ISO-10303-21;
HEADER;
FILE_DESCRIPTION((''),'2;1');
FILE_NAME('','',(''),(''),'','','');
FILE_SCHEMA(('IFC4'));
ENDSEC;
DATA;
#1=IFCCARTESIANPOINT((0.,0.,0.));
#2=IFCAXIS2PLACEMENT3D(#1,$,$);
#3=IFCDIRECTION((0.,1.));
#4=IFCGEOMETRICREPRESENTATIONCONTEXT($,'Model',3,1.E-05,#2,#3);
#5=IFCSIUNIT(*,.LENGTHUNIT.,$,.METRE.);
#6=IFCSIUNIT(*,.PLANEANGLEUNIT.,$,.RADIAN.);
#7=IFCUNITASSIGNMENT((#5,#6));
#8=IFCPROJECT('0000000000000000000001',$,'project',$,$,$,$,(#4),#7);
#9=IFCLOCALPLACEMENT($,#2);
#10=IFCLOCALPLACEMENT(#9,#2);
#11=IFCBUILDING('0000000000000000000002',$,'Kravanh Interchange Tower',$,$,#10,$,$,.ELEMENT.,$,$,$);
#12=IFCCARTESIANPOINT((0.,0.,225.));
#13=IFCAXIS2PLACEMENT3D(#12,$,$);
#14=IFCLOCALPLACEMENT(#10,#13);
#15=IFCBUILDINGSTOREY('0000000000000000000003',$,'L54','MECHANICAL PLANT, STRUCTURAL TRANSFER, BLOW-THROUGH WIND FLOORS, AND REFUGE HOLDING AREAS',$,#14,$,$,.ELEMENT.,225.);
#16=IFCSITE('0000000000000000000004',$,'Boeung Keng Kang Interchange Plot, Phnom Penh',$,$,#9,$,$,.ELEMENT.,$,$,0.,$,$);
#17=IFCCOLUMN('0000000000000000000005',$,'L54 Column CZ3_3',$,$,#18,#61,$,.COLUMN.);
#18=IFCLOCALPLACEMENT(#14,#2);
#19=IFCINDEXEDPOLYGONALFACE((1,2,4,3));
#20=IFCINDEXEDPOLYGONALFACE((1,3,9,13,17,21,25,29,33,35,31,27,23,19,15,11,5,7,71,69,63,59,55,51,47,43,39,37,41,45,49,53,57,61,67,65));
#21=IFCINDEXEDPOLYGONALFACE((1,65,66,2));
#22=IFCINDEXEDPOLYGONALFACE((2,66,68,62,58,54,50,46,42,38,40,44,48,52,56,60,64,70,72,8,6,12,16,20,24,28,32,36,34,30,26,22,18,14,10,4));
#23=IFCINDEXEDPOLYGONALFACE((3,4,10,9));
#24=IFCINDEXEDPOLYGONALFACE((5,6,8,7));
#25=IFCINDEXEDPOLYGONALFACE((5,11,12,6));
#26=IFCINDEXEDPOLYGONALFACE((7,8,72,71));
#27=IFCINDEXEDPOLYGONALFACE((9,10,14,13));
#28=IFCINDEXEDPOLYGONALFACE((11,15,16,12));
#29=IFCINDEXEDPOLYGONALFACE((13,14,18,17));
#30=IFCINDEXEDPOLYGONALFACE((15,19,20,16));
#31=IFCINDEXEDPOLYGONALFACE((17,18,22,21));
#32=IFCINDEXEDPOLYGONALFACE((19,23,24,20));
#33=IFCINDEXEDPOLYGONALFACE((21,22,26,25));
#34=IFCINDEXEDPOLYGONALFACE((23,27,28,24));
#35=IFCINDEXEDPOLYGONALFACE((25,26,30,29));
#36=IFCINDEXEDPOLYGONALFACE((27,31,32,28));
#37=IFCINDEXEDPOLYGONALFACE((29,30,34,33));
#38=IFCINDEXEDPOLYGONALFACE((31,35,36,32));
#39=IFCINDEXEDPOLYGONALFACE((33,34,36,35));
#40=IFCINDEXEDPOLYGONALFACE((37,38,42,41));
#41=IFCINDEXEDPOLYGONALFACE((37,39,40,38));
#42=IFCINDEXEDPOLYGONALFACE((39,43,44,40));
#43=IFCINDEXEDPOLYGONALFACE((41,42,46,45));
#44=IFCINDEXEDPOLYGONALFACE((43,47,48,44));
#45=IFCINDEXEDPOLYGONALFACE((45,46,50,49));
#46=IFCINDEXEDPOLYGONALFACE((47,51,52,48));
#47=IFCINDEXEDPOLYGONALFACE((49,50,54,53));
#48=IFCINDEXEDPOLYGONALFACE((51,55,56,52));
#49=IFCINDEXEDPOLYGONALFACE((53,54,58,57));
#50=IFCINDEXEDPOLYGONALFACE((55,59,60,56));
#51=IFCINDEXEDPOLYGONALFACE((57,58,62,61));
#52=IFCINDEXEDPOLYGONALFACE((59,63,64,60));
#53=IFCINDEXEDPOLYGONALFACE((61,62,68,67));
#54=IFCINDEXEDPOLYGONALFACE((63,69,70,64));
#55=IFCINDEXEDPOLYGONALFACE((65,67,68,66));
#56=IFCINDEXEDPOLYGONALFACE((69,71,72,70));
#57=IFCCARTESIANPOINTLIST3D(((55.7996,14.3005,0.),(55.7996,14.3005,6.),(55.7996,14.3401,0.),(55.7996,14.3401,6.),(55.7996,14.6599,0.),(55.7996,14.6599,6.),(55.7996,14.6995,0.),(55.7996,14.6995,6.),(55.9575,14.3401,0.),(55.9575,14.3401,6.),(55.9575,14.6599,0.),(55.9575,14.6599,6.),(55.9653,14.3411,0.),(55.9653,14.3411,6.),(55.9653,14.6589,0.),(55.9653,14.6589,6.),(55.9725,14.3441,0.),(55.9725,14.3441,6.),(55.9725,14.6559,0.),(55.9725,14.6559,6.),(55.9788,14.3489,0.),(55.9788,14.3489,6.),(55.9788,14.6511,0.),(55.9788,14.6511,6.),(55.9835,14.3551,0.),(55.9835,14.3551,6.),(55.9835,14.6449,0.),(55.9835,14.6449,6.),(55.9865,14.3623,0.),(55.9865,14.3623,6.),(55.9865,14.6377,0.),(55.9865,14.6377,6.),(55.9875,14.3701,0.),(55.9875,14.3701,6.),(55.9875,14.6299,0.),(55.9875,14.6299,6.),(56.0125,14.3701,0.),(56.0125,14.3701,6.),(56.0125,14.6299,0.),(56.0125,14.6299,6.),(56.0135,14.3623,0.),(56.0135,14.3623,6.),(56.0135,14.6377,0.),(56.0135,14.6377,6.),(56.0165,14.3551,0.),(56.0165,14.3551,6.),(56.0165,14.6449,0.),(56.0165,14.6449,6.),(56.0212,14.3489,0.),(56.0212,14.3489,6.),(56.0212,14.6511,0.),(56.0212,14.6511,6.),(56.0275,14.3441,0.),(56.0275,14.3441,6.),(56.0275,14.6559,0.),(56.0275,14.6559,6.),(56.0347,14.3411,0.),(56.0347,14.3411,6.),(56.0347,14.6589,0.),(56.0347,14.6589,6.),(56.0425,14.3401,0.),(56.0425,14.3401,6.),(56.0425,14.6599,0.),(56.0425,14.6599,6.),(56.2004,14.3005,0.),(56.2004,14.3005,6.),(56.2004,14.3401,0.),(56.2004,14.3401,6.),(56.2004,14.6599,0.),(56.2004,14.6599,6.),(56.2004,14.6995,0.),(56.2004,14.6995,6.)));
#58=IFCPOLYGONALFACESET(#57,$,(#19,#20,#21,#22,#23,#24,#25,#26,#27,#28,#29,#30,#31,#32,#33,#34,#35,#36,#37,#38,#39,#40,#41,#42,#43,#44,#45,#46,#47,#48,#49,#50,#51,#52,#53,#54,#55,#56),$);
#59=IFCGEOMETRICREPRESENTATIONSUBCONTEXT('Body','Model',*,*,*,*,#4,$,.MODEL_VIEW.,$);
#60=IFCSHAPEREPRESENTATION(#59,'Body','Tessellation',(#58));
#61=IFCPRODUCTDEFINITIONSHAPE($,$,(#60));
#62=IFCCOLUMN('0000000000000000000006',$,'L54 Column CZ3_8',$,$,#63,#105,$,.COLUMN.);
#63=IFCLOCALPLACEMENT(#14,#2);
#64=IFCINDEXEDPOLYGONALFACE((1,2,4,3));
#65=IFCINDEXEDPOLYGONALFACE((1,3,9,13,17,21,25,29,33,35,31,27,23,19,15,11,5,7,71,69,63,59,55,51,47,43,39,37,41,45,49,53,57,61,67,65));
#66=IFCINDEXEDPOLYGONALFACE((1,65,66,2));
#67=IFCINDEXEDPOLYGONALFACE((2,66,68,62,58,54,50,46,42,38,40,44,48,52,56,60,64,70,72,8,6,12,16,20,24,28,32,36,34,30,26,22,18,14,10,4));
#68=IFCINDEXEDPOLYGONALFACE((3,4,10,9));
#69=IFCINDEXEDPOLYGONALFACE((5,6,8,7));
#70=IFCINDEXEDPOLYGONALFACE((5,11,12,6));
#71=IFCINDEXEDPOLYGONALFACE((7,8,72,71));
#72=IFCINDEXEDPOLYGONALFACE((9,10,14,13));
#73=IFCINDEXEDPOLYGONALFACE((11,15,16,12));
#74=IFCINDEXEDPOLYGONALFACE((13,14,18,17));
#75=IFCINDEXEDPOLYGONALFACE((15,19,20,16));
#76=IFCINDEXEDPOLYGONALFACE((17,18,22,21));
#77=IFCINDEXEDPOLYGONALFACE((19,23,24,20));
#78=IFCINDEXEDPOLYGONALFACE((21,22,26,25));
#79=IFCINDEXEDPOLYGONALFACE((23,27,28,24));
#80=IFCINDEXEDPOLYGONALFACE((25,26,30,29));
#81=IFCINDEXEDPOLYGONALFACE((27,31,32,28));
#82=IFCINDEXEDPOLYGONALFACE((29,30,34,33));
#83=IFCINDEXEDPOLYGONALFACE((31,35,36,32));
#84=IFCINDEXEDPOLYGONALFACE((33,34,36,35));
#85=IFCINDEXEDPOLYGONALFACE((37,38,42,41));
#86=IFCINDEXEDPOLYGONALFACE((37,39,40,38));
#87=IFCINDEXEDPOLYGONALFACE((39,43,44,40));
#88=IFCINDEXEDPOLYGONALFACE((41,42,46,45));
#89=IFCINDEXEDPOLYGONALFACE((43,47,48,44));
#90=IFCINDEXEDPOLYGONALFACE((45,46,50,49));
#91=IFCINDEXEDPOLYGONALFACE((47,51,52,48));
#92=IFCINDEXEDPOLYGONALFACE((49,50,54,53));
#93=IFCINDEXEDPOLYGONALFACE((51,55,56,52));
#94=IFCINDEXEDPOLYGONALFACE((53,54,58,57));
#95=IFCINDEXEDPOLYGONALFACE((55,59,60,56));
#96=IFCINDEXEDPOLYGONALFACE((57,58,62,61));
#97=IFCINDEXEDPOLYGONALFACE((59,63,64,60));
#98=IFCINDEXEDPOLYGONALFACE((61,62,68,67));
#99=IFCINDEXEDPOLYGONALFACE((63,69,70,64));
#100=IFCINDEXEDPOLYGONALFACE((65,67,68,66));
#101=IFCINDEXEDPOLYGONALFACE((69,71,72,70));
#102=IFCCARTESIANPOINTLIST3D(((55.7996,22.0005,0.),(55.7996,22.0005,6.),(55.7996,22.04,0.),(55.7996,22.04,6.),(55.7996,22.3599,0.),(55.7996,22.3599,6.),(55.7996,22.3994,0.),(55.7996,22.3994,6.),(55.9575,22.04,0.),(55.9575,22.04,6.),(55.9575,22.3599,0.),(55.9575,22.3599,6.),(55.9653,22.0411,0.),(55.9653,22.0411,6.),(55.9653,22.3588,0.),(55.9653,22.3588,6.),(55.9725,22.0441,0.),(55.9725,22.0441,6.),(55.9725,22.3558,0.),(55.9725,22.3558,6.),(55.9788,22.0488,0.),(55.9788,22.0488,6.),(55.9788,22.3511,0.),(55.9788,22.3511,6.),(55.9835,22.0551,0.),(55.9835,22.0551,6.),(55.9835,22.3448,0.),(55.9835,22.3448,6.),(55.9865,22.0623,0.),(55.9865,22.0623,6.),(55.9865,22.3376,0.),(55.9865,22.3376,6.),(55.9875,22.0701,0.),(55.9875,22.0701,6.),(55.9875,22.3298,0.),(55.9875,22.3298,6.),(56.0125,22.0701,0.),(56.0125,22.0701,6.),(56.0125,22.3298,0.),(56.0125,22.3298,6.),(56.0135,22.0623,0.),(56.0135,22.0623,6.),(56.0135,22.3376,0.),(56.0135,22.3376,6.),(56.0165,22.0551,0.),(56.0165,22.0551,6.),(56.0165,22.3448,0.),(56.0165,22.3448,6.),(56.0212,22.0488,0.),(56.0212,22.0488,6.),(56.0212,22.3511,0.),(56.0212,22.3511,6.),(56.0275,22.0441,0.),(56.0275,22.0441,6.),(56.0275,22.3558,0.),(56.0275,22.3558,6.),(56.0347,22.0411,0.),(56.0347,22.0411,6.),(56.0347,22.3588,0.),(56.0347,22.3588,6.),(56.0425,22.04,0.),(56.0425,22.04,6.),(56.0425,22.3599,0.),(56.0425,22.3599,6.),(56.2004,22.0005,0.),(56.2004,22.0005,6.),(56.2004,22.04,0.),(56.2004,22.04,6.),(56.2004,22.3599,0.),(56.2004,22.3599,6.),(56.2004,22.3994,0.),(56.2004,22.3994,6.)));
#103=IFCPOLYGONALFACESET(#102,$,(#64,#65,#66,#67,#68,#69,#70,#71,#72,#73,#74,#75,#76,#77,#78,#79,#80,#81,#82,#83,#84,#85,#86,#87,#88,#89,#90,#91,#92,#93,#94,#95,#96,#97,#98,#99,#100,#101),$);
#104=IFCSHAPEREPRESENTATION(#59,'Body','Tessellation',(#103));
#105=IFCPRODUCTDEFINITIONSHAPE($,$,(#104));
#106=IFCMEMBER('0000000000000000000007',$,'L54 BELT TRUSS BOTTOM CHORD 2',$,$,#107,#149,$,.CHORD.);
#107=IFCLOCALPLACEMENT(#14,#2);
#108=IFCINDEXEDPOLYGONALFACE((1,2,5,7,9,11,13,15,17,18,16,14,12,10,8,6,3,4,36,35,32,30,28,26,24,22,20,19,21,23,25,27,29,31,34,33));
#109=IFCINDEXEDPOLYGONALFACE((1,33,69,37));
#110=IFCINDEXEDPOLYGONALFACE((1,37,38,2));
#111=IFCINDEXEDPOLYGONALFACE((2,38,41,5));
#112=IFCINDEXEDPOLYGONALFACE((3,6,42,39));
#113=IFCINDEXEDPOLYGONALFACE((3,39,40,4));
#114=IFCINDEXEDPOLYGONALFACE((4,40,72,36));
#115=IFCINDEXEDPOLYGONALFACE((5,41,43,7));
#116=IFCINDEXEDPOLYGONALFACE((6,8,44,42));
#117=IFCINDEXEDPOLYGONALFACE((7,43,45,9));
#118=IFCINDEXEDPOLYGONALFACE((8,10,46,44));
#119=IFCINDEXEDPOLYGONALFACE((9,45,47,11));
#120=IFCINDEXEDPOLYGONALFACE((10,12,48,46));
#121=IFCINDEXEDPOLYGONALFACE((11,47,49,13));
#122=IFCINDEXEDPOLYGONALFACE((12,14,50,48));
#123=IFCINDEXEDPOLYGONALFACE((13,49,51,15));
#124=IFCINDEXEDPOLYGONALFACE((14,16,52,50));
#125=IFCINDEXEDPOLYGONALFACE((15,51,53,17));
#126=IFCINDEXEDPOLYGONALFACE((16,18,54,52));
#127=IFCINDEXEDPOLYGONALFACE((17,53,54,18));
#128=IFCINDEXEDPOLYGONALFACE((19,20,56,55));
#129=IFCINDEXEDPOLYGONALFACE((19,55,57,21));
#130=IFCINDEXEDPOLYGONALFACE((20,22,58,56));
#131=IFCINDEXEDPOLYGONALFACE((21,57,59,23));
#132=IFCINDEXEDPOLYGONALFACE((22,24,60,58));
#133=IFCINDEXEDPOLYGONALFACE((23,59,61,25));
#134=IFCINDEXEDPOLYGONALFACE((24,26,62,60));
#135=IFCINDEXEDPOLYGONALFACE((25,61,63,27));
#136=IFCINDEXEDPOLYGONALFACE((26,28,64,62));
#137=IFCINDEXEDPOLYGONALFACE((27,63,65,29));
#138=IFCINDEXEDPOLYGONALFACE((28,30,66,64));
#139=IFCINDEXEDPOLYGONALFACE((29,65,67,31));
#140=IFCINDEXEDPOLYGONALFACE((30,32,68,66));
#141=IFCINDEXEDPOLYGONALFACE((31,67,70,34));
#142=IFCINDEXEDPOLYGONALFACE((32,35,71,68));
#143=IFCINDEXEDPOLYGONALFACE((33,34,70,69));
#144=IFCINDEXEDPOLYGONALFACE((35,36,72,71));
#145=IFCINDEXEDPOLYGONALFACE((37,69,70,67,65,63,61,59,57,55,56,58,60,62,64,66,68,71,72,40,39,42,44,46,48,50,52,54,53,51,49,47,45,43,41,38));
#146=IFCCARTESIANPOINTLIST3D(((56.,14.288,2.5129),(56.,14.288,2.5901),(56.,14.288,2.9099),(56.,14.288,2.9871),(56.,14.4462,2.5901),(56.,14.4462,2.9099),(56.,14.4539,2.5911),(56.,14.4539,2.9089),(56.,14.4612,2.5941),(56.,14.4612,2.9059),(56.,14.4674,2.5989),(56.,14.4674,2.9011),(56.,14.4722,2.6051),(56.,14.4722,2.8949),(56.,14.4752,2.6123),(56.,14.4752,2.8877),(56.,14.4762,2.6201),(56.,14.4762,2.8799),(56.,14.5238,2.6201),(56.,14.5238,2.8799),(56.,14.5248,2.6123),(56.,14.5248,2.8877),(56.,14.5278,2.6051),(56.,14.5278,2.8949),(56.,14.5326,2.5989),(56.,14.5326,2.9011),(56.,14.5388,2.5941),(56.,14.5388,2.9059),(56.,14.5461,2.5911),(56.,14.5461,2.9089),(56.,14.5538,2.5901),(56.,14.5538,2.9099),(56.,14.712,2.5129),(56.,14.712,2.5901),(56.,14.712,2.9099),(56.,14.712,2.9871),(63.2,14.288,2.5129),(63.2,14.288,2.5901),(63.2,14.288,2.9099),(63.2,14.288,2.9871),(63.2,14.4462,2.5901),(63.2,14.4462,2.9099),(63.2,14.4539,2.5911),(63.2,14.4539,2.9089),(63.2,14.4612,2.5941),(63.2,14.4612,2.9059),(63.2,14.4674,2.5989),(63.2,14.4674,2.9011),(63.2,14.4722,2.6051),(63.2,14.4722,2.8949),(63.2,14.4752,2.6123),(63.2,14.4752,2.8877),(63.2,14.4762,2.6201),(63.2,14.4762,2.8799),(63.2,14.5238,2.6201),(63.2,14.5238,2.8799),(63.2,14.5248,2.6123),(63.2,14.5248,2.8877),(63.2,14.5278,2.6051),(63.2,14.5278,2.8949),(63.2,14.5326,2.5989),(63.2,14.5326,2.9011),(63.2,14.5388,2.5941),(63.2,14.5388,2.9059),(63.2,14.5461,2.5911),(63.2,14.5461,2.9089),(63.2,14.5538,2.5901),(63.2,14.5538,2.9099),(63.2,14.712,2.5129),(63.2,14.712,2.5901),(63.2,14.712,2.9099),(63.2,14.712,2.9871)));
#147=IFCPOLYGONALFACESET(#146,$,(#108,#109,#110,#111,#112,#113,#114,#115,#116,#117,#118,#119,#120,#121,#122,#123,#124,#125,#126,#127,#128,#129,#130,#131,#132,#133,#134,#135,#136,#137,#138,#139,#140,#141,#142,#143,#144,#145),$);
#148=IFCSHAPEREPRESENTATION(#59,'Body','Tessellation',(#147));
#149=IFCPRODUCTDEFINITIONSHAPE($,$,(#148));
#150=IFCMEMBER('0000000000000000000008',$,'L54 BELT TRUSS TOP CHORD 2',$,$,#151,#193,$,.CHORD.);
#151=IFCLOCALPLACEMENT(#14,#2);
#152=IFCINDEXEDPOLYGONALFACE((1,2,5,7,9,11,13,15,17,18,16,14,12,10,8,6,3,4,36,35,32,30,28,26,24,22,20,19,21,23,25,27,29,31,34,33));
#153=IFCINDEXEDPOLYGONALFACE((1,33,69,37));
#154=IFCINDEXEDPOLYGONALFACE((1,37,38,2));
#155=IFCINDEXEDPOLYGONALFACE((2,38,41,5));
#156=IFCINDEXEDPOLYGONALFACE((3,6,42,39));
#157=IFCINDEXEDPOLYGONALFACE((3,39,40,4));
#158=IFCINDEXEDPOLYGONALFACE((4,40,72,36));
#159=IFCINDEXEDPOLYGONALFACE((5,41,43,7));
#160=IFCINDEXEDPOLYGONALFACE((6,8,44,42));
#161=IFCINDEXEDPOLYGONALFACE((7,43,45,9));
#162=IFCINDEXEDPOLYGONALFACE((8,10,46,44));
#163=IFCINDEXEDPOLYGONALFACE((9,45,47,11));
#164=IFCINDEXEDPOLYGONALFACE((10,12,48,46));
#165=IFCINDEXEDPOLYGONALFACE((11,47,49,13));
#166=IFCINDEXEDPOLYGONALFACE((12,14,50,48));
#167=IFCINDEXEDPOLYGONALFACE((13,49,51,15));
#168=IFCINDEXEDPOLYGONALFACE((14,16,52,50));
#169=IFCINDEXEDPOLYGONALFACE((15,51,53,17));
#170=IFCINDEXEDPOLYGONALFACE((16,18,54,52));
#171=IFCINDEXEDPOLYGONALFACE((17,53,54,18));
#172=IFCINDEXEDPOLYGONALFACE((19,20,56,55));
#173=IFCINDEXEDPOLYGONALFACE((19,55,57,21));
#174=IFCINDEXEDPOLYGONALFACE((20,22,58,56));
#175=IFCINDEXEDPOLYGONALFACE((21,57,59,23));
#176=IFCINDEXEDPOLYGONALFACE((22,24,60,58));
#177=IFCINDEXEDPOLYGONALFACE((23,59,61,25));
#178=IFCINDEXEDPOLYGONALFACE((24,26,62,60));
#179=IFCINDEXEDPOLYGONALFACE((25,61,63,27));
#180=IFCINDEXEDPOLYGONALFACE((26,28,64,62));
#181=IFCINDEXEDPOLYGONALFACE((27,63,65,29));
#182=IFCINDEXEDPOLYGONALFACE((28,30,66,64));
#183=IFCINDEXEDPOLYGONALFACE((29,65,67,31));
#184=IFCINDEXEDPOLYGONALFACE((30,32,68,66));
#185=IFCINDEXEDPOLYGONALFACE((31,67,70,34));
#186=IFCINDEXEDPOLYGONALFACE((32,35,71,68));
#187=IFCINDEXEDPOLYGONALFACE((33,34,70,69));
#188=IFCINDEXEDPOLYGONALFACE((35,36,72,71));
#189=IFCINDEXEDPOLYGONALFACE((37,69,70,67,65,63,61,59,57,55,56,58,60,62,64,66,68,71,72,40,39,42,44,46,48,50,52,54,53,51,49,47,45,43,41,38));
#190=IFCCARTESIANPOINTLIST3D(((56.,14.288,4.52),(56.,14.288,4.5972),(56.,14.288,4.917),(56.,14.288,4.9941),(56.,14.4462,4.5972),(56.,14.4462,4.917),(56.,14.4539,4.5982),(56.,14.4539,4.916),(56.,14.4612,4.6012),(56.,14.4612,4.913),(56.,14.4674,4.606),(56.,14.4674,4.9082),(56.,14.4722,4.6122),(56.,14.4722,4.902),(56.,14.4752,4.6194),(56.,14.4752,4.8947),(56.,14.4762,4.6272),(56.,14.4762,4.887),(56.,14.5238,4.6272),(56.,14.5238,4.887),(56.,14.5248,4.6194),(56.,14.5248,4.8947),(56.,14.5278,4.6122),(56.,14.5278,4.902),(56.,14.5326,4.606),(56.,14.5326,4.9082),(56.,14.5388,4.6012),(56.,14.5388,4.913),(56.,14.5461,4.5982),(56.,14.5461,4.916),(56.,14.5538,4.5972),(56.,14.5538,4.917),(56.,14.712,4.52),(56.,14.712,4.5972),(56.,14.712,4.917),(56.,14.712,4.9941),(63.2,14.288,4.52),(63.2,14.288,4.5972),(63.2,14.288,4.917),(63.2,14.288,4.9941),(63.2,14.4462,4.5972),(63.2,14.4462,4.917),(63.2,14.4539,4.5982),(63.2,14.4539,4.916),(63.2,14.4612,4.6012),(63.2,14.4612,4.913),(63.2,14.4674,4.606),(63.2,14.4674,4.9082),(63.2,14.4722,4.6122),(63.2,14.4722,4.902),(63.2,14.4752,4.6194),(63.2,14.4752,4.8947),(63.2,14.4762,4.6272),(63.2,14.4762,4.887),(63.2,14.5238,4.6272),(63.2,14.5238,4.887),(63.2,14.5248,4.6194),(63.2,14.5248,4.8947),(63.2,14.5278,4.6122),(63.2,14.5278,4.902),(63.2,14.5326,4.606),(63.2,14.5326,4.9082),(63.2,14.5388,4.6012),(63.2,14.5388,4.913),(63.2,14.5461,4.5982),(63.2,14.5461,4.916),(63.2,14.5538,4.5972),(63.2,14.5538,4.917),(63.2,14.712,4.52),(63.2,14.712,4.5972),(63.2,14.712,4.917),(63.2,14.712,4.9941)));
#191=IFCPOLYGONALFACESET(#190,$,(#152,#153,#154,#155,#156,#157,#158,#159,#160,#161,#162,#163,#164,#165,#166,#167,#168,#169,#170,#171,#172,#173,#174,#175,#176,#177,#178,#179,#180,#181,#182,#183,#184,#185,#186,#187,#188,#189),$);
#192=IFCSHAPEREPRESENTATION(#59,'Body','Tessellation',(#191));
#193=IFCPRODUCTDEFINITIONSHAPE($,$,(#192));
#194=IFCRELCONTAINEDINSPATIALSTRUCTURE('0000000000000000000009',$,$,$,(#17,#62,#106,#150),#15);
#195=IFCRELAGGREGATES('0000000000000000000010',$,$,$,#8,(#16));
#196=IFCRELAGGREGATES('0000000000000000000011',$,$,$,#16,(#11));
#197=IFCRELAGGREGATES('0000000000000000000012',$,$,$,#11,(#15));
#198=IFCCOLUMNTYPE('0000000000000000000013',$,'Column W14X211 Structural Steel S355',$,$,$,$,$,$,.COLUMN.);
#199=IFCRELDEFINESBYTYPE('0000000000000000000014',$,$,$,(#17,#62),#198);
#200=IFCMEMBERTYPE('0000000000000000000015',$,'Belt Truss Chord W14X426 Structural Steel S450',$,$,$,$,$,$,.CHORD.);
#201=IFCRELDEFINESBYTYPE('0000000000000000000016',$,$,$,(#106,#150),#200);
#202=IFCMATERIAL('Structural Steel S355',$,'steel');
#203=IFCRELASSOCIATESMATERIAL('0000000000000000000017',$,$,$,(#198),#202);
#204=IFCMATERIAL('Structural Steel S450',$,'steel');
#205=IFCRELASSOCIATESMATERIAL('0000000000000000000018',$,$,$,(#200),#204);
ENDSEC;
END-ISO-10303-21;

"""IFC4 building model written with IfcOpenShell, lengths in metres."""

from ifc_helpers import new_model, si_unit, direction, frame, origin, origin_2d, place, context, subcontext, project, spatial, i_section, extrude, material, material_profile, profile_set, type_object, element, save


model = new_model("IFC4")

# Units and contexts
model_context = context("Model", 3, precision=1e-05, world=origin(), true_north=direction((0.0, 1.0)))
body_context = subcontext(model_context, "Body", "Model", "MODEL_VIEW")
ifc_project = project(units=[si_unit("LENGTHUNIT", "METRE"), si_unit("PLANEANGLEUNIT", "RADIAN")], contexts=[model_context])

# Site, building, storey
site_placement = place(None, origin())
site = spatial("IfcSite", under=ifc_project, at=site_placement, Name="Boeung Keng Kang Interchange Plot, Phnom Penh", CompositionType="ELEMENT", RefElevation=0.0)
building_placement = place(site_placement, origin())
building = spatial("IfcBuilding", under=site, at=building_placement, Name="Kravanh Interchange Tower", CompositionType="ELEMENT")
storey_placement = place(building_placement, frame((0.0, 0.0, 225.0)))
storey = spatial("IfcBuildingStorey", under=building, at=storey_placement, Name="L54", Description="MECHANICAL PLANT, STRUCTURAL TRANSFER, BLOW-THROUGH WIND FLOORS, AND REFUGE HOLDING AREAS", CompositionType="ELEMENT", Elevation=225.0)

# Columns
ifc_material_1 = material(Name="Structural Steel S355", Category="steel")
ifc_material_profile_1 = material_profile(ifc_material_1, i_section(OverallWidth=0.4009, OverallDepth=0.3989, WebThickness=0.0249, FlangeThickness=0.0396, FilletRadius=0.03, at=origin_2d()), Name="W14X211")
ifc_profile_set_1 = profile_set([ifc_material_profile_1], Name="Structural Steel S355")
column_type = type_object("IfcColumnType", Name="Column W14X211 Structural Steel S355", PredefinedType="COLUMN", material=ifc_profile_set_1)
for number, where, z_axis, x_axis, name in (
    (1, (56.0, 14.5, 0.0), (0.0, 0.0, 1.0), (1.0, 0.0, 0.0), "L54 Column CZ3_3"),
    (2, (56.0, 22.2, 0.0), (0.0, 0.0, 1.0), (1.0, 0.0, 0.0), "L54 Column CZ3_8"),
):
    element("IfcColumn", number, at=place(storey_placement, frame(where, z_axis=z_axis, x_axis=x_axis)), inside=storey, type_object=column_type, Name=name, PredefinedType="COLUMN", context=body_context, shape_type="SweptSolid", body=[
        extrude(i_section(OverallWidth=0.4009, OverallDepth=0.3989, WebThickness=0.0249, FlangeThickness=0.0396, FilletRadius=0.03, at=origin_2d()), origin(), (0.0, 0.0, 1.0), 6.0),
    ])

# Members
ifc_material_2 = material(Name="Structural Steel S450", Category="steel")
ifc_material_profile_2 = material_profile(ifc_material_2, i_section(OverallWidth=0.4241, OverallDepth=0.4741, WebThickness=0.0476, FlangeThickness=0.0771, FilletRadius=0.03, at=origin_2d()), Name="W14X426")
ifc_profile_set_2 = profile_set([ifc_material_profile_2], Name="Structural Steel S450")
member_type_1 = type_object("IfcMemberType", Name="Belt Truss Chord W14X426 Structural Steel S450", PredefinedType="CHORD", material=ifc_profile_set_2)
for number, where, z_axis, x_axis, name in (
    (3, (56.0, 14.5, 2.75), (1.0, 0.0, 0.0), (0.0, 1.0, 0.0), "L54 BELT TRUSS BOTTOM CHORD 2"),
    (4, (56.0, 14.5, 4.7571), (1.0, 0.0, 0.0), (0.0, 1.0, 0.0), "L54 BELT TRUSS TOP CHORD 2"),
):
    element("IfcMember", number, at=place(storey_placement, frame(where, z_axis=z_axis, x_axis=x_axis)), inside=storey, type_object=member_type_1, Name=name, PredefinedType="CHORD", context=body_context, shape_type="SweptSolid", body=[
        extrude(i_section(OverallWidth=0.4241, OverallDepth=0.4741, WebThickness=0.0476, FlangeThickness=0.0771, FilletRadius=0.03, at=origin_2d()), origin(), (0.0, 0.0, 1.0), 7.2),
    ])

save(model, "model.ifc")
